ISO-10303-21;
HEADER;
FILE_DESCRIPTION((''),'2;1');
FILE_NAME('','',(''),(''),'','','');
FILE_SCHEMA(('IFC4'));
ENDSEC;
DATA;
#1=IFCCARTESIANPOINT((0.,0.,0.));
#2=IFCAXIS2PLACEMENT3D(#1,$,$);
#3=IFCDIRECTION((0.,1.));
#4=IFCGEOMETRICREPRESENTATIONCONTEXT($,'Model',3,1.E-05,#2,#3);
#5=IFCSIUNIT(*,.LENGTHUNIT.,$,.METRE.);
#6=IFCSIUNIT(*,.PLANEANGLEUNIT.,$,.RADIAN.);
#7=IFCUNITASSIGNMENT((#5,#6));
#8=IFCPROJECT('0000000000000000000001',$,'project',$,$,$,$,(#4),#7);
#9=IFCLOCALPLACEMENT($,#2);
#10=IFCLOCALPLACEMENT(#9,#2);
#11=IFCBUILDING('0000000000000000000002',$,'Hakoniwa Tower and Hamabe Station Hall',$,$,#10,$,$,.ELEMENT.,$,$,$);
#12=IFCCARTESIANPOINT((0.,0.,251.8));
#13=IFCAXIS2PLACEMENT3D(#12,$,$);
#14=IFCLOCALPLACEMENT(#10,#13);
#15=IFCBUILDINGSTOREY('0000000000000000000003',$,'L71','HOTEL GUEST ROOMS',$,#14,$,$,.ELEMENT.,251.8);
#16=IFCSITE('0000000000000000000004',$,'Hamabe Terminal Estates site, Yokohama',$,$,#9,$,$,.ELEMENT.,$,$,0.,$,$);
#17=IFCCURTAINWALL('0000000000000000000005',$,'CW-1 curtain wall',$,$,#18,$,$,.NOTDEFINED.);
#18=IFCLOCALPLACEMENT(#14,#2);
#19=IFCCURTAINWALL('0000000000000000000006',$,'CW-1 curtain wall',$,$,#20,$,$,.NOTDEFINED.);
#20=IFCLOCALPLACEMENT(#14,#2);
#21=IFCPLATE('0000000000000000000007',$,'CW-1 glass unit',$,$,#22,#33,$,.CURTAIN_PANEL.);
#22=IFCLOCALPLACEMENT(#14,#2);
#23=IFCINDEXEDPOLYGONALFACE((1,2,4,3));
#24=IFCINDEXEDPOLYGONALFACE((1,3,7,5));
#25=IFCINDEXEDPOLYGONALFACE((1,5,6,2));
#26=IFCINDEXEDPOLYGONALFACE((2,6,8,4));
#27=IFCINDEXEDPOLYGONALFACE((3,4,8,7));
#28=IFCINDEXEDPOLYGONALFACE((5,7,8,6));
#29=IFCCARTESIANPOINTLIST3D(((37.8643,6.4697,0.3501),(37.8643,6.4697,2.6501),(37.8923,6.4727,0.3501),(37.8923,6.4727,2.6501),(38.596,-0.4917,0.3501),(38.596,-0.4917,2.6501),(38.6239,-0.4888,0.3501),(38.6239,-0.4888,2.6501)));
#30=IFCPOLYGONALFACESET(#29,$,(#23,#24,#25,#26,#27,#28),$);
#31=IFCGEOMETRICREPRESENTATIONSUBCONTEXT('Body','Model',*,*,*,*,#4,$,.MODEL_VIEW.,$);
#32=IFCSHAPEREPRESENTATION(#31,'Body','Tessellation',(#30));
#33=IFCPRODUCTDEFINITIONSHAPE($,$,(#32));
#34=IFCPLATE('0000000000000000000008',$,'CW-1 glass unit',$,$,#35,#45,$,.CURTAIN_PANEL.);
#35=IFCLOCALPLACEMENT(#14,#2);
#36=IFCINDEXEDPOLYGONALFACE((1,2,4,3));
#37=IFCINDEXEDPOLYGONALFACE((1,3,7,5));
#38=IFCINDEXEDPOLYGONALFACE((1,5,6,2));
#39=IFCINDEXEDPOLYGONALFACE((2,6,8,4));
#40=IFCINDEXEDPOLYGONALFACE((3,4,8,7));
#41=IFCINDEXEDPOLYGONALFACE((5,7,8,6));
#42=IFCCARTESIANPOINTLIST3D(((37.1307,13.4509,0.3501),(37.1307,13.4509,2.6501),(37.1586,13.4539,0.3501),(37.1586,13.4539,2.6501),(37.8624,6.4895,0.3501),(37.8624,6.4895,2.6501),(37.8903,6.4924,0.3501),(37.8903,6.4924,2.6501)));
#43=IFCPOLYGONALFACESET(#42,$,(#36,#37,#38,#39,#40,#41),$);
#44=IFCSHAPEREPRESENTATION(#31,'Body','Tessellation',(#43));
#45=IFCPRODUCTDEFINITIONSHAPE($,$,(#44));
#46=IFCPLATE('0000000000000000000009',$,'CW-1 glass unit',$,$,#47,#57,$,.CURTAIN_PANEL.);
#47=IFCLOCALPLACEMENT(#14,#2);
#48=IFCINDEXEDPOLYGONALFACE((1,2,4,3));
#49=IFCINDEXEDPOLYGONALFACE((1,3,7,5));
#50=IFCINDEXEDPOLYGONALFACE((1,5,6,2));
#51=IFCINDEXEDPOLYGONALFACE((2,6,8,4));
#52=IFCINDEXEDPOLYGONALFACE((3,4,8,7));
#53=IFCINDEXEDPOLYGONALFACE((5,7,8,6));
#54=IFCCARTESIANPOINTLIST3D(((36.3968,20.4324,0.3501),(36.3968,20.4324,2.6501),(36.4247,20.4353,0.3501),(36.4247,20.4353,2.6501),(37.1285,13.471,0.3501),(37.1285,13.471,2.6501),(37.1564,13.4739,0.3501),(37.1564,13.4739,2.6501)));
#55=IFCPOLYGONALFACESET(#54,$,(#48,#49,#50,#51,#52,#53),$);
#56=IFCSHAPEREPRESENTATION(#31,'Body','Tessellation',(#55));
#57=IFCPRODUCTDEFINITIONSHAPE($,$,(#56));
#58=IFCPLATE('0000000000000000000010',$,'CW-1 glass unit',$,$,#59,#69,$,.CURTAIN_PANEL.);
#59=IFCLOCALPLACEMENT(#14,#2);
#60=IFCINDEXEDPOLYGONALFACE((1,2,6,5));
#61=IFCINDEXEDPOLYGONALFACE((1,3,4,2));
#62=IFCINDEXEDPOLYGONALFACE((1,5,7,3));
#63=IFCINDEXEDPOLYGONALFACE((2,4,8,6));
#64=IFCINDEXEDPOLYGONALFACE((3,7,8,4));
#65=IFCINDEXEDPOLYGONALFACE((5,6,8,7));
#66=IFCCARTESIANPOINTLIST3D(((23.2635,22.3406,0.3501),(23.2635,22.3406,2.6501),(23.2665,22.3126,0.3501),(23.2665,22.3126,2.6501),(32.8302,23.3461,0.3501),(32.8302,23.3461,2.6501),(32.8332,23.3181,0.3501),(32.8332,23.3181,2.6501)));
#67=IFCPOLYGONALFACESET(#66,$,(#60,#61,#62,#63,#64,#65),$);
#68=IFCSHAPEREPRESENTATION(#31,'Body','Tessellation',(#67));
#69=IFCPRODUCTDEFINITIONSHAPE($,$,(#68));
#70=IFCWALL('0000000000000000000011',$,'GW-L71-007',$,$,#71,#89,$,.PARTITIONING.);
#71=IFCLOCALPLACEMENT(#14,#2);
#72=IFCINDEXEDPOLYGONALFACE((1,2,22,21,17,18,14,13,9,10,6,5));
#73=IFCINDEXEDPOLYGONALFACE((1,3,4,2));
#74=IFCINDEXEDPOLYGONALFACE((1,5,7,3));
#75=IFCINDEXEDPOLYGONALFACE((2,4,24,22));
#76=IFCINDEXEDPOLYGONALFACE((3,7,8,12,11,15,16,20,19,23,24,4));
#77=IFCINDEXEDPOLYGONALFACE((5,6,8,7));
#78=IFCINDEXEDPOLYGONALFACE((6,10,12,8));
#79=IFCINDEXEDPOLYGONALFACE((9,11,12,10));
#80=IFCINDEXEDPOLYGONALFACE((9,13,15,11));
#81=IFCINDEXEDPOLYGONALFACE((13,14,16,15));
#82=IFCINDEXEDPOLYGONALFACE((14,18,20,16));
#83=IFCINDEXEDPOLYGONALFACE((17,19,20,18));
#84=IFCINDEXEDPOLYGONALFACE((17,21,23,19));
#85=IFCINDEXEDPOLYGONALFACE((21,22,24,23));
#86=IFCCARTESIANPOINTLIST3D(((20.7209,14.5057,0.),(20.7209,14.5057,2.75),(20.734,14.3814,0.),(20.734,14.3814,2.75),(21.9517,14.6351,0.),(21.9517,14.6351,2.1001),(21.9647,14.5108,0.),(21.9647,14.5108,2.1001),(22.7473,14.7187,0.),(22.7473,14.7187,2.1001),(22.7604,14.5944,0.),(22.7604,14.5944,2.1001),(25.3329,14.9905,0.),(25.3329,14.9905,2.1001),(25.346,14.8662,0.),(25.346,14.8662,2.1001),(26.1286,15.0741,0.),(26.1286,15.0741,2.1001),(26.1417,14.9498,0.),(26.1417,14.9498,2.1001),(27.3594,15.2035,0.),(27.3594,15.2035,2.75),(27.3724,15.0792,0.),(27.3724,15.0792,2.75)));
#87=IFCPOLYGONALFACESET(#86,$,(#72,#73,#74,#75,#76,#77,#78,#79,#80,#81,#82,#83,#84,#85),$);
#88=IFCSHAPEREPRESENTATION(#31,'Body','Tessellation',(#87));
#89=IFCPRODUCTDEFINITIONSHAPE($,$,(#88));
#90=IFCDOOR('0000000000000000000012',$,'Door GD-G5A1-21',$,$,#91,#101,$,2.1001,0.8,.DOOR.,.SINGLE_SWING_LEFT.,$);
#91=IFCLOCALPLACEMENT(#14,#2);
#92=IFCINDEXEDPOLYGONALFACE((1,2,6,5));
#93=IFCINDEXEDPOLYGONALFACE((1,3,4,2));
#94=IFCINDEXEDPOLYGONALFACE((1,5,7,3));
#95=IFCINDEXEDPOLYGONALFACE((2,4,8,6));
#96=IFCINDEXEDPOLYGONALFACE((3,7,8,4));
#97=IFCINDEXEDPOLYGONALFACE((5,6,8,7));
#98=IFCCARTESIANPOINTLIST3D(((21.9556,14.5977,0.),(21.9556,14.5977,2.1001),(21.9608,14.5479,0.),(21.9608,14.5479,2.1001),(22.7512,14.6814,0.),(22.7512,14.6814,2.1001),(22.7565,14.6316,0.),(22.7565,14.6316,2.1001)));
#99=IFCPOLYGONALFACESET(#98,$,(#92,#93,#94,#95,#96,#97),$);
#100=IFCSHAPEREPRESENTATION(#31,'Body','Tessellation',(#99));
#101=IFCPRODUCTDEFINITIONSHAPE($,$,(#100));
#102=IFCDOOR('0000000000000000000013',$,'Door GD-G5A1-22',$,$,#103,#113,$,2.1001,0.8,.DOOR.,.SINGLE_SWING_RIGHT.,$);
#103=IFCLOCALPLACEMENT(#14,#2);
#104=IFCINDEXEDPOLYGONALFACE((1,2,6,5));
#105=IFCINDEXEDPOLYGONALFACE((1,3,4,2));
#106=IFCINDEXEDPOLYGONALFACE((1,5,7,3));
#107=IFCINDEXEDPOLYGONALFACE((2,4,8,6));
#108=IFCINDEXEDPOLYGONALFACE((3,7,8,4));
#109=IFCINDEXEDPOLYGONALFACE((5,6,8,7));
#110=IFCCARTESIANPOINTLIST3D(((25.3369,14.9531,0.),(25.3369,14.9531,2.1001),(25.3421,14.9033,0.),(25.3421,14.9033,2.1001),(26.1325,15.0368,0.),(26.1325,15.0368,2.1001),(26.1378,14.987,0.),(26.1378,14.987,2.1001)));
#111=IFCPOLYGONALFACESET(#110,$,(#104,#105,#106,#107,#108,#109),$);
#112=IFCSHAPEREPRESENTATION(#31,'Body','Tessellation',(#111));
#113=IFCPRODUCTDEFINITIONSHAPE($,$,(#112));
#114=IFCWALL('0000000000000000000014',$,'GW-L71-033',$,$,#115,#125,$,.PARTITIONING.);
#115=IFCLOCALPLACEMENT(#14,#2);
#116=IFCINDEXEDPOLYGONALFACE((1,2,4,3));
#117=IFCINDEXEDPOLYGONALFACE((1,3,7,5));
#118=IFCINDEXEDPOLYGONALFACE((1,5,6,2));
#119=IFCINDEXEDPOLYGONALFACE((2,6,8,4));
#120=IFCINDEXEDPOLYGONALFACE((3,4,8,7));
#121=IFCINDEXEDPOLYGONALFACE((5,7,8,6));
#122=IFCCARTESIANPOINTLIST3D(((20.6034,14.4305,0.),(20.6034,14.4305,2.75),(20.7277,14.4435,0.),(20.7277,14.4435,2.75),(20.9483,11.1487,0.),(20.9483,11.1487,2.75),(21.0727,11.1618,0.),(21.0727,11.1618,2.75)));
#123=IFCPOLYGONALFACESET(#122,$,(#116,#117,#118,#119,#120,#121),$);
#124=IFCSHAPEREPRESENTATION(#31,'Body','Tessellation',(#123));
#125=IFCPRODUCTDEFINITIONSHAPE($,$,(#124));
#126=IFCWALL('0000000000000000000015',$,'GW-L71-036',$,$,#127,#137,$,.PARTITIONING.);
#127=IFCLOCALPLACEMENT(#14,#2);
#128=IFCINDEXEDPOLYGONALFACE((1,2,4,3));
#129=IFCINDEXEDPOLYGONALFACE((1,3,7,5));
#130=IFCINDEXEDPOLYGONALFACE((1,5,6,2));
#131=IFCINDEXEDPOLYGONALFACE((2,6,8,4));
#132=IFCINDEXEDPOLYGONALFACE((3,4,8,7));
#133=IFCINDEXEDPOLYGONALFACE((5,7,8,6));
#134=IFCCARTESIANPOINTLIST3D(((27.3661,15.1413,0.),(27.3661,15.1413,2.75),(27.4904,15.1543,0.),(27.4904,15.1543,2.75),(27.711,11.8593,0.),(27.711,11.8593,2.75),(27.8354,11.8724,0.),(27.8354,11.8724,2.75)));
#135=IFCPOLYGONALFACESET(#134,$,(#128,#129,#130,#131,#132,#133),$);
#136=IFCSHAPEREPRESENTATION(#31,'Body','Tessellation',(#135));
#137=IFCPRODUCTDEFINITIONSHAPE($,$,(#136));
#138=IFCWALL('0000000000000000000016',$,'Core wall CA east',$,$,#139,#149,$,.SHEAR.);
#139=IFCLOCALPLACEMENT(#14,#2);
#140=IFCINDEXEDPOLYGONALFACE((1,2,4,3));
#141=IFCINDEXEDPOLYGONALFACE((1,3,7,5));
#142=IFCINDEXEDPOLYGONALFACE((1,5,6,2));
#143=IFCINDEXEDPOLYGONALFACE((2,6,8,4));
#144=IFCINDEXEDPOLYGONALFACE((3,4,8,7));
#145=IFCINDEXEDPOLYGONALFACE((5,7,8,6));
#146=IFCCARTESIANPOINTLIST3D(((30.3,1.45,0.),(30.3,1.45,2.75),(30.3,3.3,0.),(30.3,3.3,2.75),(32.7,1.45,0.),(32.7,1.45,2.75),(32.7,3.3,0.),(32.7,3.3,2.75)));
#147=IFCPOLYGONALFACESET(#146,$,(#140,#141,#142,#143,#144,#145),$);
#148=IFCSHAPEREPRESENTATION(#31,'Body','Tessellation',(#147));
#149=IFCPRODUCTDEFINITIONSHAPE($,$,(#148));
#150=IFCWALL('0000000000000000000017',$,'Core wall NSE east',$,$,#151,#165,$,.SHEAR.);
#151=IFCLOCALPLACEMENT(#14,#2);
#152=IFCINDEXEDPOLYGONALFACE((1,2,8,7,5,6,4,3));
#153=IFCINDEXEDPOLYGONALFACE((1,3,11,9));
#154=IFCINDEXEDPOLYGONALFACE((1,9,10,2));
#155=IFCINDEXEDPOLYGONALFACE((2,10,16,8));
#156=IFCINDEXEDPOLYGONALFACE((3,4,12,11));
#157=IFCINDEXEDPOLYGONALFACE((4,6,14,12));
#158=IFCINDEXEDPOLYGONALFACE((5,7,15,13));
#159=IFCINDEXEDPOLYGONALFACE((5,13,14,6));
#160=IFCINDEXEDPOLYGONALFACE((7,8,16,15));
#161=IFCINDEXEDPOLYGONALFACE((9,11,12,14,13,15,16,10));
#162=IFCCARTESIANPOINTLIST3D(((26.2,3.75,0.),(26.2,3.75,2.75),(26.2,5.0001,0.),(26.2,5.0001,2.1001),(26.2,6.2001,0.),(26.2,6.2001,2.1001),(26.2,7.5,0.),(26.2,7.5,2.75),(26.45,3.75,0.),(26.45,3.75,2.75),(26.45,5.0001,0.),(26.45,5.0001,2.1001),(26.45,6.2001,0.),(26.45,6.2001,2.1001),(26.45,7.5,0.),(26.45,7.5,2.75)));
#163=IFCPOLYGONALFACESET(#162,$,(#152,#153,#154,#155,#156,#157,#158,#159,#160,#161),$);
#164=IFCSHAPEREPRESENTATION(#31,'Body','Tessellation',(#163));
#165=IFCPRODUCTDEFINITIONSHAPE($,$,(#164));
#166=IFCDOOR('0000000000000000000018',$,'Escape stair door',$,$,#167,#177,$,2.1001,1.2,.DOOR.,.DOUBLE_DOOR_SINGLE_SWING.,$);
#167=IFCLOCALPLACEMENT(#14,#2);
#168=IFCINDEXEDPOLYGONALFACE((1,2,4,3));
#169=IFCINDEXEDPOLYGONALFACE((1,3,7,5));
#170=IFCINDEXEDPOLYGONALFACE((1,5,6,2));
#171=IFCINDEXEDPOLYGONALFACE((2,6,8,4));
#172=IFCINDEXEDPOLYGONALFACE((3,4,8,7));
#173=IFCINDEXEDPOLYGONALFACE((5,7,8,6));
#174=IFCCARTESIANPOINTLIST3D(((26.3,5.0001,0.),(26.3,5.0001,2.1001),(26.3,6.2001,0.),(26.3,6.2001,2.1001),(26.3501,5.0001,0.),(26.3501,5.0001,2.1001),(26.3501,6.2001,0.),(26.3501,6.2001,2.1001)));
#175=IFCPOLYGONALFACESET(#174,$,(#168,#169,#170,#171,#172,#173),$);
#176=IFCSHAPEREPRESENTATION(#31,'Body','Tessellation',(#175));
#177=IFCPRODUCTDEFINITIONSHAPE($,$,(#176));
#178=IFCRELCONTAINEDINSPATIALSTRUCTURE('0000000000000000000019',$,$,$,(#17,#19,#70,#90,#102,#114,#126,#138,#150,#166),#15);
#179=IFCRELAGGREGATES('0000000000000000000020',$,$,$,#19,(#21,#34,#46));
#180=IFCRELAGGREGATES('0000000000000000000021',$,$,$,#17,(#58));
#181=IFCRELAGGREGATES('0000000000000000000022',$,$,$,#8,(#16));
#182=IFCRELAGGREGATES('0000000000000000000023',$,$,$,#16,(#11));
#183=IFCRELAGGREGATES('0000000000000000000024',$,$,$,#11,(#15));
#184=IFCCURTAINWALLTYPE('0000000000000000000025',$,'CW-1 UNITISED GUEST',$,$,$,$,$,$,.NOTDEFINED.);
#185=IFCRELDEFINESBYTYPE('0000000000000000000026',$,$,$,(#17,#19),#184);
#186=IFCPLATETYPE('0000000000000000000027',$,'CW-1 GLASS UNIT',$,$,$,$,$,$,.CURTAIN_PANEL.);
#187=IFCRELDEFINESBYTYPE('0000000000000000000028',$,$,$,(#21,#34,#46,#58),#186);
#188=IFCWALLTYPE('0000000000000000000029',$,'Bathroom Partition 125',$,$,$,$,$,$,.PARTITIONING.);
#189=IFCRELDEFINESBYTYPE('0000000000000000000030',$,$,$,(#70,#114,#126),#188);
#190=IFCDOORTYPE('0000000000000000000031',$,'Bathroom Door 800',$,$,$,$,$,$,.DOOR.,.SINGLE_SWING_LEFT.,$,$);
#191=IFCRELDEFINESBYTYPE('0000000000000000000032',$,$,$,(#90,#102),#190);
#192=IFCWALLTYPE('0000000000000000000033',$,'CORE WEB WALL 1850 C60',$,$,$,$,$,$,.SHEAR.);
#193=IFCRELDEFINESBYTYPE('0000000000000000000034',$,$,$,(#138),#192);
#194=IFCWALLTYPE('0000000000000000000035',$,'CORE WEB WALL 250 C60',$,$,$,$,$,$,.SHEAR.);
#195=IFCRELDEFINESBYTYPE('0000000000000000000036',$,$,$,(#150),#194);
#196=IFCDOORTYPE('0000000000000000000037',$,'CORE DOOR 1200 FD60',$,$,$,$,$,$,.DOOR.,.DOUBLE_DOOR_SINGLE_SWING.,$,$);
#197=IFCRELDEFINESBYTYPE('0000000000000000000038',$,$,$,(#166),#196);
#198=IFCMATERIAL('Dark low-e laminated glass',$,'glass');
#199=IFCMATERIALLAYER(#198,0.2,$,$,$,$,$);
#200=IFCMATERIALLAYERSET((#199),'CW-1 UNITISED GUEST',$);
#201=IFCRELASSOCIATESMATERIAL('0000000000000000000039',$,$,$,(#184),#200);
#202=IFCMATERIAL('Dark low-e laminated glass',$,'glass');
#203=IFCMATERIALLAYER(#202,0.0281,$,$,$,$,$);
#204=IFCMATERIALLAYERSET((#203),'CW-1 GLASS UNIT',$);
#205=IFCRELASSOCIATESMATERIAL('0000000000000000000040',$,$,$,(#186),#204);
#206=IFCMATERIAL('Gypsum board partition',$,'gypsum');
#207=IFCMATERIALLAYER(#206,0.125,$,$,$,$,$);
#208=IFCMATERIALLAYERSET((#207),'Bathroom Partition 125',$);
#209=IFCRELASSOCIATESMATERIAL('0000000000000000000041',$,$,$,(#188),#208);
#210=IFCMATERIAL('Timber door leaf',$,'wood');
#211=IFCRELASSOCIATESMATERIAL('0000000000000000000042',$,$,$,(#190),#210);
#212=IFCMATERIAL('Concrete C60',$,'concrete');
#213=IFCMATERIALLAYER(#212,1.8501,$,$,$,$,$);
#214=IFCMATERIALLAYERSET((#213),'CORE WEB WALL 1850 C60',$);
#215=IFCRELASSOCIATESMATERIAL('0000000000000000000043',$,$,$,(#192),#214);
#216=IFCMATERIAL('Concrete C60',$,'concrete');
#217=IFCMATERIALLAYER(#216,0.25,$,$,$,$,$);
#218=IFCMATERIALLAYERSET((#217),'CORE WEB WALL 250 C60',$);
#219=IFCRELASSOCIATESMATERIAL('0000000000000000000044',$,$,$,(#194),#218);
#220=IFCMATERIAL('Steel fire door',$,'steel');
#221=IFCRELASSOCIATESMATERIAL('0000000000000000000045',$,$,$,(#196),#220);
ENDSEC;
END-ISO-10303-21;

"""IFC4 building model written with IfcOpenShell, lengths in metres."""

from ifc_helpers import new_model, si_unit, direction, frame, frame_2d, origin, origin_2d, place, context, subcontext, project, spatial, rectangle, extrude, material, layer, layer_set, type_object, element, fill, aggregate, save


model = new_model("IFC4")

# Units and contexts
model_context = context("Model", 3, precision=1e-05, world=origin(), true_north=direction((0.0, 1.0)))
body_context = subcontext(model_context, "Body", "Model", "MODEL_VIEW")
ifc_project = project(units=[si_unit("LENGTHUNIT", "METRE"), si_unit("PLANEANGLEUNIT", "RADIAN")], contexts=[model_context])

# Site, building, storey
site_placement = place(None, origin())
site = spatial("IfcSite", under=ifc_project, at=site_placement, Name="Hamabe Terminal Estates site, Yokohama", CompositionType="ELEMENT", RefElevation=0.0)
building_placement = place(site_placement, origin())
building = spatial("IfcBuilding", under=site, at=building_placement, Name="Hakoniwa Tower and Hamabe Station Hall", CompositionType="ELEMENT")
storey_placement = place(building_placement, frame((0.0, 0.0, 251.8)))
storey = spatial("IfcBuildingStorey", under=building, at=storey_placement, Name="L71", Description="HOTEL GUEST ROOMS", CompositionType="ELEMENT", Elevation=251.8)

# Curtain wall
ifc_material_1 = material(Name="Dark low-e laminated glass", Category="glass")
ifc_layer_1 = layer(ifc_material_1, 0.2)
ifc_layer_set_1 = layer_set([ifc_layer_1], Name="CW-1 UNITISED GUEST")
curtain_wall_type = type_object("IfcCurtainWallType", Name="CW-1 UNITISED GUEST", PredefinedType="NOTDEFINED", material=ifc_layer_set_1)
curtain_wall_1_placement = place(storey_placement, origin())
curtain_wall_1 = element("IfcCurtainWall", 1, at=curtain_wall_1_placement, inside=storey, type_object=curtain_wall_type, Name="CW-1 curtain wall", PredefinedType="NOTDEFINED")

# Curtain wall
curtain_wall_2_placement = place(storey_placement, origin())
curtain_wall_2 = element("IfcCurtainWall", 2, at=curtain_wall_2_placement, inside=storey, type_object=curtain_wall_type, Name="CW-1 curtain wall", PredefinedType="NOTDEFINED")

# Plates
ifc_material_2 = material(Name="Dark low-e laminated glass", Category="glass")
ifc_layer_2 = layer(ifc_material_2, 0.0281)
ifc_layer_set_2 = layer_set([ifc_layer_2], Name="CW-1 GLASS UNIT")
plate_type = type_object("IfcPlateType", Name="CW-1 GLASS UNIT", PredefinedType="CURTAIN_PANEL", material=ifc_layer_set_2)
plate_1_placement = place(storey_placement, frame((38.2441, 2.9905, 0.3501), z_axis=(0.0, 0.0, 1.0), x_axis=(-0.104528, 0.994522, 0.0)))
plate_1 = element("IfcPlate", 3, at=plate_1_placement, type_object=plate_type, Name="CW-1 glass unit", PredefinedType="CURTAIN_PANEL", context=body_context, shape_type="SweptSolid", body=[
    extrude(rectangle(XDim=6.9998, YDim=0.0281, at=origin_2d()), origin(), (0.0, 0.0, 1.0), 2.3),
])
plate_2_placement = place(storey_placement, frame((37.5105, 9.9717, 0.3501), z_axis=(0.0, 0.0, 1.0), x_axis=(-0.104528, 0.994522, 0.0)))
plate_2 = element("IfcPlate", 4, at=plate_2_placement, type_object=plate_type, Name="CW-1 glass unit", PredefinedType="CURTAIN_PANEL", context=body_context, shape_type="SweptSolid", body=[
    extrude(rectangle(XDim=6.9998, YDim=0.0281, at=origin_2d()), origin(), (0.0, 0.0, 1.0), 2.3),
])
plate_3_placement = place(storey_placement, frame((36.7766, 16.9531, 0.3501), z_axis=(0.0, 0.0, 1.0), x_axis=(-0.104528, 0.994522, 0.0)))
plate_3 = element("IfcPlate", 5, at=plate_3_placement, type_object=plate_type, Name="CW-1 glass unit", PredefinedType="CURTAIN_PANEL", context=body_context, shape_type="SweptSolid", body=[
    extrude(rectangle(XDim=6.9998, YDim=0.0281, at=origin_2d()), origin(), (0.0, 0.0, 1.0), 2.3),
])
aggregate(curtain_wall_2, [plate_1, plate_2, plate_3])
plate_4_placement = place(storey_placement, frame((28.0483, 22.8293, 0.3501), z_axis=(0.0, 0.0, 1.0), x_axis=(-0.994522, -0.104528, 0.0)))
plate_4 = element("IfcPlate", 6, at=plate_4_placement, type_object=plate_type, Name="CW-1 glass unit", PredefinedType="CURTAIN_PANEL", context=body_context, shape_type="SweptSolid", body=[
    extrude(rectangle(XDim=9.6194, YDim=0.0281, at=origin_2d()), origin(), (0.0, 0.0, 1.0), 2.3),
])
aggregate(curtain_wall_1, [plate_4])

# Wall, openings, doors
ifc_material_3 = material(Name="Gypsum board partition", Category="gypsum")
ifc_layer_3 = layer(ifc_material_3, 0.125)
ifc_layer_set_3 = layer_set([ifc_layer_3], Name="Bathroom Partition 125")
wall_type_1 = type_object("IfcWallType", Name="Bathroom Partition 125", PredefinedType="PARTITIONING", material=ifc_layer_set_3)
wall_1_placement = place(storey_placement, frame((20.7275, 14.4436, 0.0), z_axis=(0.0, 0.0, 1.0), x_axis=(0.994521, 0.104532, 0.0)))
wall_1 = element("IfcWall", 7, at=wall_1_placement, inside=storey, type_object=wall_type_1, Name="GW-L71-007", PredefinedType="PARTITIONING", context=body_context, shape_type="SweptSolid", body=[
    extrude(rectangle(XDim=6.675, YDim=0.125, at=frame_2d((3.3374, 0.0))), origin(), (0.0, 0.0, 1.0), 2.75),
])
opening_1_placement = place(wall_1_placement, frame((1.2375, 0.0, 0.0)))
opening_1 = element("IfcOpeningElement", 8, at=opening_1_placement, cuts=wall_1, PredefinedType="OPENING", context=body_context, shape_type="SweptSolid", body=[
    extrude(rectangle(XDim=0.8, YDim=2.1001, at=frame_2d((0.3999, 1.05))), frame((0.0, 0.0725, 0.0), z_axis=(0.0, -1.0, 0.0), x_axis=(1.0, 0.0, 0.0)), (0.0, 0.0, 1.0), 0.145),
])
opening_2_placement = place(wall_1_placement, frame((4.6375, 0.0, 0.0)))
opening_2 = element("IfcOpeningElement", 9, at=opening_2_placement, cuts=wall_1, PredefinedType="OPENING", context=body_context, shape_type="SweptSolid", body=[
    extrude(rectangle(XDim=0.8, YDim=2.1001, at=frame_2d((0.3999, 1.05))), frame((0.0, 0.0725, 0.0), z_axis=(0.0, -1.0, 0.0), x_axis=(1.0, 0.0, 0.0)), (0.0, 0.0, 1.0), 0.145),
])
ifc_material_4 = material(Name="Timber door leaf", Category="wood")
door_type_1 = type_object("IfcDoorType", Name="Bathroom Door 800", OperationType="SINGLE_SWING_LEFT", PredefinedType="DOOR", material=ifc_material_4)
door_1_placement = place(opening_1_placement, origin())
door_1 = element("IfcDoor", 10, at=door_1_placement, inside=storey, type_object=door_type_1, Name="Door GD-G5A1-21", OperationType="SINGLE_SWING_LEFT", OverallHeight=2.1001, OverallWidth=0.8, PredefinedType="DOOR", context=body_context, shape_type="SweptSolid", body=[
    extrude(rectangle(XDim=0.8, YDim=2.1001, at=frame_2d((0.3999, 1.05))), frame((0.0, 0.0249, 0.0), z_axis=(0.0, -1.0, 0.0), x_axis=(1.0, 0.0, 0.0)), (0.0, 0.0, 1.0), 0.05),
])
fill(opening_1, door_1)
door_2_placement = place(opening_2_placement, origin())
door_2 = element("IfcDoor", 11, at=door_2_placement, inside=storey, type_object=door_type_1, Name="Door GD-G5A1-22", OperationType="SINGLE_SWING_RIGHT", OverallHeight=2.1001, OverallWidth=0.8, PredefinedType="DOOR", context=body_context, shape_type="SweptSolid", body=[
    extrude(rectangle(XDim=0.8, YDim=2.1001, at=frame_2d((0.3999, 1.05))), frame((0.0, 0.0249, 0.0), z_axis=(0.0, -1.0, 0.0), x_axis=(1.0, 0.0, 0.0)), (0.0, 0.0, 1.0), 0.05),
])
fill(opening_2, door_2)

# Walls
wall_2_placement = place(storey_placement, frame((21.0105, 11.1553, 0.0), z_axis=(0.0, 0.0, 1.0), x_axis=(-0.104542, 0.99452, 0.0)))
element("IfcWall", 12, at=wall_2_placement, inside=storey, type_object=wall_type_1, Name="GW-L71-033", PredefinedType="PARTITIONING", context=body_context, shape_type="SweptSolid", body=[
    extrude(rectangle(XDim=3.2998, YDim=0.125, at=frame_2d((1.6499, 0.0))), origin(), (0.0, 0.0, 1.0), 2.75),
])
wall_3_placement = place(storey_placement, frame((27.7732, 11.866, 0.0), z_axis=(0.0, 0.0, 1.0), x_axis=(-0.104535, 0.994521, 0.0)))
element("IfcWall", 13, at=wall_3_placement, inside=storey, type_object=wall_type_1, Name="GW-L71-036", PredefinedType="PARTITIONING", context=body_context, shape_type="SweptSolid", body=[
    extrude(rectangle(XDim=3.3, YDim=0.125, at=frame_2d((1.6499, 0.0))), origin(), (0.0, 0.0, 1.0), 2.75),
])
ifc_material_5 = material(Name="Concrete C60", Category="concrete")
ifc_layer_4 = layer(ifc_material_5, 1.8501)
ifc_layer_set_4 = layer_set([ifc_layer_4], Name="CORE WEB WALL 1850 C60")
wall_type_2 = type_object("IfcWallType", Name="CORE WEB WALL 1850 C60", PredefinedType="SHEAR", material=ifc_layer_set_4)
wall_4_placement = place(storey_placement, frame((30.3, 2.375, 0.0), z_axis=(0.0, 0.0, 1.0), x_axis=(1.0, 0.0, 0.0)))
element("IfcWall", 14, at=wall_4_placement, inside=storey, type_object=wall_type_2, Name="Core wall CA east", PredefinedType="SHEAR", context=body_context, shape_type="SweptSolid", body=[
    extrude(rectangle(XDim=2.3999, YDim=1.8501, at=frame_2d((1.2, 0.0))), origin(), (0.0, 0.0, 1.0), 2.75),
])

# Wall, opening, door
ifc_material_6 = material(Name="Concrete C60", Category="concrete")
ifc_layer_5 = layer(ifc_material_6, 0.25)
ifc_layer_set_5 = layer_set([ifc_layer_5], Name="CORE WEB WALL 250 C60")
wall_type_3 = type_object("IfcWallType", Name="CORE WEB WALL 250 C60", PredefinedType="SHEAR", material=ifc_layer_set_5)
wall_5_placement = place(storey_placement, frame((26.325, 3.75, 0.0), z_axis=(0.0, 0.0, 1.0), x_axis=(0.0, 1.0, 0.0)))
wall_5 = element("IfcWall", 15, at=wall_5_placement, inside=storey, type_object=wall_type_3, Name="Core wall NSE east", PredefinedType="SHEAR", context=body_context, shape_type="SweptSolid", body=[
    extrude(rectangle(XDim=3.75, YDim=0.25, at=frame_2d((1.875, 0.0))), origin(), (0.0, 0.0, 1.0), 2.75),
])
opening_3_placement = place(wall_5_placement, frame((1.25, 0.0, 0.0)))
opening_3 = element("IfcOpeningElement", 16, at=opening_3_placement, cuts=wall_5, PredefinedType="OPENING", context=body_context, shape_type="SweptSolid", body=[
    extrude(rectangle(XDim=1.2, YDim=2.1001, at=frame_2d((0.6001, 1.05))), frame((0.0, 0.135, 0.0), z_axis=(0.0, -1.0, 0.0), x_axis=(1.0, 0.0, 0.0)), (0.0, 0.0, 1.0), 0.27),
])
ifc_material_7 = material(Name="Steel fire door", Category="steel")
door_type_2 = type_object("IfcDoorType", Name="CORE DOOR 1200 FD60", OperationType="DOUBLE_DOOR_SINGLE_SWING", PredefinedType="DOOR", material=ifc_material_7)
door_3_placement = place(opening_3_placement, origin())
door_3 = element("IfcDoor", 17, at=door_3_placement, inside=storey, type_object=door_type_2, Name="Escape stair door", OperationType="DOUBLE_DOOR_SINGLE_SWING", OverallHeight=2.1001, OverallWidth=1.2, PredefinedType="DOOR", context=body_context, shape_type="SweptSolid", body=[
    extrude(rectangle(XDim=1.2, YDim=2.1001, at=frame_2d((0.6001, 1.05))), frame((0.0, 0.0249, 0.0), z_axis=(0.0, -1.0, 0.0), x_axis=(1.0, 0.0, 0.0)), (0.0, 0.0, 1.0), 0.05),
])
fill(opening_3, door_3)

save(model, "model.ifc")
